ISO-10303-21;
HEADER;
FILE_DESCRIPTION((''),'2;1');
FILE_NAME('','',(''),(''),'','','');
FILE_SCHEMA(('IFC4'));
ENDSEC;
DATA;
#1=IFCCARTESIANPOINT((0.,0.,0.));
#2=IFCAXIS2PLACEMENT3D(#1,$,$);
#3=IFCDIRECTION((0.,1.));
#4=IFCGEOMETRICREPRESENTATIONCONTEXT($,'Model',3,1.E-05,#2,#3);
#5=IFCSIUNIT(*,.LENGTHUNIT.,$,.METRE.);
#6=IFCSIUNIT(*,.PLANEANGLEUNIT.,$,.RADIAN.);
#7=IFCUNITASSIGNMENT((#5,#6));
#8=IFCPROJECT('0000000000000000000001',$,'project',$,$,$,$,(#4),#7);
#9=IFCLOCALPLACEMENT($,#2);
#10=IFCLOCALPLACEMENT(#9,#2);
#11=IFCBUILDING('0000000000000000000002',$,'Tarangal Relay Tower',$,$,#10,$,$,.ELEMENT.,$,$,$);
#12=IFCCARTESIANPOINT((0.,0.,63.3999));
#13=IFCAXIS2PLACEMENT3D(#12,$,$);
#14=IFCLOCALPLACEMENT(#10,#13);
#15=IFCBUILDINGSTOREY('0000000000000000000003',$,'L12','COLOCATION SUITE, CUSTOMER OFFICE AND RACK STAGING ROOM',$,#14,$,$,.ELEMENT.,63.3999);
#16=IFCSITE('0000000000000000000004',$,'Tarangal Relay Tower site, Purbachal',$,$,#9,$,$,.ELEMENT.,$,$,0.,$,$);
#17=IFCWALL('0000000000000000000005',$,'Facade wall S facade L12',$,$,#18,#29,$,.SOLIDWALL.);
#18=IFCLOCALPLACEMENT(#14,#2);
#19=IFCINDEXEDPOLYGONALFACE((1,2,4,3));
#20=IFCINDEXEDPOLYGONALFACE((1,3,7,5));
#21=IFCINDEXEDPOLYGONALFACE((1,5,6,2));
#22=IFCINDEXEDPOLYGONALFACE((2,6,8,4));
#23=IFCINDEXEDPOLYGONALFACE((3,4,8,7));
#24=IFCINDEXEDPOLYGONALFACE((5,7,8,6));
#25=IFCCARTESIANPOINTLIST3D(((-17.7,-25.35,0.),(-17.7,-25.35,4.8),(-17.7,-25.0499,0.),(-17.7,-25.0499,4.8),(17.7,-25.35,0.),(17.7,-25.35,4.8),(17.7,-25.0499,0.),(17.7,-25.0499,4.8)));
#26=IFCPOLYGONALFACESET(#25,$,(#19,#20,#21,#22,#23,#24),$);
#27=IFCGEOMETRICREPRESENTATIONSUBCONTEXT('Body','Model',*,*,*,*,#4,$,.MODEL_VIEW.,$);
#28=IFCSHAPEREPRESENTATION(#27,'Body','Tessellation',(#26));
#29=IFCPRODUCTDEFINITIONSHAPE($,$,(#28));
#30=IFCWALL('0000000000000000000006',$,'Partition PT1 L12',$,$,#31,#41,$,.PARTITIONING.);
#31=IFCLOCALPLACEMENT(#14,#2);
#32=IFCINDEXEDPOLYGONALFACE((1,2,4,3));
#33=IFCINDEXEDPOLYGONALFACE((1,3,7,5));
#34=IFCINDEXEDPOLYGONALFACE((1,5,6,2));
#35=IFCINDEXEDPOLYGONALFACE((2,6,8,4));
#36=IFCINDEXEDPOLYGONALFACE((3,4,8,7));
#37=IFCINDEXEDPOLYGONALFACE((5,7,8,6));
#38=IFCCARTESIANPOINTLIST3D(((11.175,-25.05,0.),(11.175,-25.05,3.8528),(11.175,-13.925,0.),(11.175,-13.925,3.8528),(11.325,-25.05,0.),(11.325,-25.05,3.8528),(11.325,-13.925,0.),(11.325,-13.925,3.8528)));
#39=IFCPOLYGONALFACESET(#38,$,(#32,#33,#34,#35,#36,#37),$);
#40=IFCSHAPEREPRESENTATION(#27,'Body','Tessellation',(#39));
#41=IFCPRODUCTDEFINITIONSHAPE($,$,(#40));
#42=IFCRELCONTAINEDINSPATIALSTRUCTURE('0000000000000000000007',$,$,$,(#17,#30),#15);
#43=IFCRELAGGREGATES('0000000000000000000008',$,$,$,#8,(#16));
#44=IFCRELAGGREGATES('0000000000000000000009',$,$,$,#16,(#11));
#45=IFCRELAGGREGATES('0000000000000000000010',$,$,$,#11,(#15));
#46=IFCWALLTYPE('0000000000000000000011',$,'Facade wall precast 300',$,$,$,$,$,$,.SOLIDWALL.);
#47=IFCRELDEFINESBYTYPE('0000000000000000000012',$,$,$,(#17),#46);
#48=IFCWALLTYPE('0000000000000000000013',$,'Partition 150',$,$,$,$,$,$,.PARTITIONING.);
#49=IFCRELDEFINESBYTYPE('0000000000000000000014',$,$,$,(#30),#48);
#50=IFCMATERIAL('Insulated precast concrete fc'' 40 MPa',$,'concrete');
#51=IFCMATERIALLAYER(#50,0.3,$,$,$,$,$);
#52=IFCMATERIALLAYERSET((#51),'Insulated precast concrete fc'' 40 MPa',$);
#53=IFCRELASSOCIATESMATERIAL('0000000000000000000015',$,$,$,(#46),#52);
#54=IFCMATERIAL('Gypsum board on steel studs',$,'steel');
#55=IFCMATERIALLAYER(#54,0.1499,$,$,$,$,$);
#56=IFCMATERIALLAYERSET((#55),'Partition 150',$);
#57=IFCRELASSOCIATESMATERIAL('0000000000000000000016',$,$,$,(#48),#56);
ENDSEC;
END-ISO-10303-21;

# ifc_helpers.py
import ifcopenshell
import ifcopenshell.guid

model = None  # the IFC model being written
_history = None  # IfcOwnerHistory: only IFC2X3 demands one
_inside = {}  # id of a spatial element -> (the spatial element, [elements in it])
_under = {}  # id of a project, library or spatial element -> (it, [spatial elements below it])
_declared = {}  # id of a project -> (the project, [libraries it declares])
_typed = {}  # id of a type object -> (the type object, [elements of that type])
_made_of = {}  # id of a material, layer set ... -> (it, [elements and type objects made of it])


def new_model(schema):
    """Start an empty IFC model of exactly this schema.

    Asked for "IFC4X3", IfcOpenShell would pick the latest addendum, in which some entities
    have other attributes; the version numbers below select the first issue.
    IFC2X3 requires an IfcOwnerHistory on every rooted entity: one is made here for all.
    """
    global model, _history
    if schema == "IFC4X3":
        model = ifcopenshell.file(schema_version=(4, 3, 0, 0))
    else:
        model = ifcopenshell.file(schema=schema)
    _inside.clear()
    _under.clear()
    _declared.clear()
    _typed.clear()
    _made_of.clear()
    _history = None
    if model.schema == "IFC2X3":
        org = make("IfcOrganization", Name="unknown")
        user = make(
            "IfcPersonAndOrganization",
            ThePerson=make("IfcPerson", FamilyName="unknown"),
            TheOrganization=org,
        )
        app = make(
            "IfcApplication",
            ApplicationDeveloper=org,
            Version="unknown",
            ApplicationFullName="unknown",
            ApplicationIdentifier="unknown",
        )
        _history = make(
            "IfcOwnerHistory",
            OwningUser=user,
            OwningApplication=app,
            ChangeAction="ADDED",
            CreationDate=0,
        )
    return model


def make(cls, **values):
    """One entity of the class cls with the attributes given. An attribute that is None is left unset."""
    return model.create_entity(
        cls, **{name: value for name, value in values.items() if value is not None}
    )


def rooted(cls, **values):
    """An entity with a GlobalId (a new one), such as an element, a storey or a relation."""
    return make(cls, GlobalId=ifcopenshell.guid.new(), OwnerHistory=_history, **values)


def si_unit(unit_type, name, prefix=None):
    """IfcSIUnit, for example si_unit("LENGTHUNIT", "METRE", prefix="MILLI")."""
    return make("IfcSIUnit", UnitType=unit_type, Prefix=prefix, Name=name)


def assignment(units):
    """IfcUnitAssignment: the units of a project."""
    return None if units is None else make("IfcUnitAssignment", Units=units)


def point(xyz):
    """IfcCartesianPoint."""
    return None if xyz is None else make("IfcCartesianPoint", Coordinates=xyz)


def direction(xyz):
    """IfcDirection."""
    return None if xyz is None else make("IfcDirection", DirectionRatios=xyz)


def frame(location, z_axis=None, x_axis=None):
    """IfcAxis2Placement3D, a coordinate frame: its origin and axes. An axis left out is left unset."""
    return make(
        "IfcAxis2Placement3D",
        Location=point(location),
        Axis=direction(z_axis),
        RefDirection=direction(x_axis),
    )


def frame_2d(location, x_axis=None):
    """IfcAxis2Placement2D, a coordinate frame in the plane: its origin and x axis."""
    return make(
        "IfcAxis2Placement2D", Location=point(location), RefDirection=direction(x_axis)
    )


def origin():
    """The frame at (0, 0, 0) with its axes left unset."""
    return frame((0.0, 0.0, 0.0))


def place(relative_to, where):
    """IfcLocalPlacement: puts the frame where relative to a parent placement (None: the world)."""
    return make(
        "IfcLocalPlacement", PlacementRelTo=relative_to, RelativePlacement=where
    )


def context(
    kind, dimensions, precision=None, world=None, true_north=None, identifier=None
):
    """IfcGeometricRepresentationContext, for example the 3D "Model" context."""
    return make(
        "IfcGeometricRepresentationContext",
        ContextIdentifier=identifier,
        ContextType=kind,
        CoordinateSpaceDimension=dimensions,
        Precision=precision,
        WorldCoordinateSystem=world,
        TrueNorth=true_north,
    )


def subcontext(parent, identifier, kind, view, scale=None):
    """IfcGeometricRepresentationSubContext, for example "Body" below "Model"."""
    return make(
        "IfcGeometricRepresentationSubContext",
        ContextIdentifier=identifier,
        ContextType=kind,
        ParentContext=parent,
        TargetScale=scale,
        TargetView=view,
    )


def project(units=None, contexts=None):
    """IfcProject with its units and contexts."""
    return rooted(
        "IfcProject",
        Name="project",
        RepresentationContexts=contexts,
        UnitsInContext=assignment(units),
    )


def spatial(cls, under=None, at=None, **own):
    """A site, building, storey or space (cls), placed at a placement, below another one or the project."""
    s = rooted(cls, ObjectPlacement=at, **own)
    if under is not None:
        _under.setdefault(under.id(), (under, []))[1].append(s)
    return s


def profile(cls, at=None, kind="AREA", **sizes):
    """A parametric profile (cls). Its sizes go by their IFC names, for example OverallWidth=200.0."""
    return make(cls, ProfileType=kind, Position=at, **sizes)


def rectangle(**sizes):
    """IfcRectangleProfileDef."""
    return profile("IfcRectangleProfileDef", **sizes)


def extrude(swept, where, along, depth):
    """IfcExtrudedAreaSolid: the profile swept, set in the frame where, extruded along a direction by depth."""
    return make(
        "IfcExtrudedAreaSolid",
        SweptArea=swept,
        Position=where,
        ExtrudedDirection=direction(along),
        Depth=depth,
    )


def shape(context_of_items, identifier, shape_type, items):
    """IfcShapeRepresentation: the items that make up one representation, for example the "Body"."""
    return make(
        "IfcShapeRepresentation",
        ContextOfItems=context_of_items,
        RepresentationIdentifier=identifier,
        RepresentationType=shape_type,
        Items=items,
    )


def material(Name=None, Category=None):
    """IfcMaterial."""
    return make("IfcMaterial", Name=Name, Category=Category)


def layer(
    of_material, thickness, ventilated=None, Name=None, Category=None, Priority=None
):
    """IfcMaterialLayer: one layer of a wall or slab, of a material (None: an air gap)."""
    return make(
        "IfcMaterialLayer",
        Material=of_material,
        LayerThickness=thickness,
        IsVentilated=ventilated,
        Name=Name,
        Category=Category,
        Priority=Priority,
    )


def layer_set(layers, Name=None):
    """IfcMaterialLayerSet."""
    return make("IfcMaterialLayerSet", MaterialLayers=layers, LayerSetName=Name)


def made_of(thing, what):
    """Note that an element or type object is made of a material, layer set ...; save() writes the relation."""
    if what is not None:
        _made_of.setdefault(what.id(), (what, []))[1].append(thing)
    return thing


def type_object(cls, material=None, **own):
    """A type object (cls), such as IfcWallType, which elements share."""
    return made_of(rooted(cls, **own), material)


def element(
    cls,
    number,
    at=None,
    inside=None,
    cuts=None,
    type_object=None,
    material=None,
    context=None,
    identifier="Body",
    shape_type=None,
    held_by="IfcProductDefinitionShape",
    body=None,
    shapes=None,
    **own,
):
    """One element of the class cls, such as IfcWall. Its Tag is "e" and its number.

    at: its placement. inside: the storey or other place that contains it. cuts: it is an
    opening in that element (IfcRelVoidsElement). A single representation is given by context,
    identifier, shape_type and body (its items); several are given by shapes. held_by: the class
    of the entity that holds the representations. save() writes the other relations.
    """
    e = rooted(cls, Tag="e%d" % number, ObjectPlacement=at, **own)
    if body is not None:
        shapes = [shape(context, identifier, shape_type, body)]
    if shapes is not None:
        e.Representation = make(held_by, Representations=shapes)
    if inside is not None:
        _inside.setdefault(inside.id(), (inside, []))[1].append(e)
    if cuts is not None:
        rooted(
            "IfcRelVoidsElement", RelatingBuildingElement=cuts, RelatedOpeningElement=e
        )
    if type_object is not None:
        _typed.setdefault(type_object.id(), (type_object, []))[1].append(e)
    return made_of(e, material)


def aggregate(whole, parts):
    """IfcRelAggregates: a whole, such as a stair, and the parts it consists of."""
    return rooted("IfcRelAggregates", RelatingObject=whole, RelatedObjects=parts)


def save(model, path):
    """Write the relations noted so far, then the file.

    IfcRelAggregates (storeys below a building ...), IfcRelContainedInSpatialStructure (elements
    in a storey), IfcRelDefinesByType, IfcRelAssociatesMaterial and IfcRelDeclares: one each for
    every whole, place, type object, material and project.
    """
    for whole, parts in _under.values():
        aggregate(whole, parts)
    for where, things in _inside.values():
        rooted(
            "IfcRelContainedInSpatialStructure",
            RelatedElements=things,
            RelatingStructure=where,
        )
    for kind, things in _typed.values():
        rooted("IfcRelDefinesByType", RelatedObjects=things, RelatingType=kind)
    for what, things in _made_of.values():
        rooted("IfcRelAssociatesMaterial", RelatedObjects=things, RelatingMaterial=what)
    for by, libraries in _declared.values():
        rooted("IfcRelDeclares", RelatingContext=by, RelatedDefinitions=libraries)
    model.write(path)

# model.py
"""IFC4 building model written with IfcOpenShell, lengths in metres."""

from ifc_helpers import new_model, si_unit, direction, frame, frame_2d, origin, place, context, subcontext, project, spatial, rectangle, extrude, material, layer, layer_set, type_object, element, save


model = new_model("IFC4")

# Units and contexts
model_context = context("Model", 3, precision=1e-05, world=origin(), true_north=direction((0.0, 1.0)))
body_context = subcontext(model_context, "Body", "Model", "MODEL_VIEW")
ifc_project = project(units=[si_unit("LENGTHUNIT", "METRE"), si_unit("PLANEANGLEUNIT", "RADIAN")], contexts=[model_context])

# Site, building, storey
site_placement = place(None, origin())
site = spatial("IfcSite", under=ifc_project, at=site_placement, Name="Tarangal Relay Tower site, Purbachal", CompositionType="ELEMENT", RefElevation=0.0)
building_placement = place(site_placement, origin())
building = spatial("IfcBuilding", under=site, at=building_placement, Name="Tarangal Relay Tower", CompositionType="ELEMENT")
storey_placement = place(building_placement, frame((0.0, 0.0, 63.3999)))
storey = spatial("IfcBuildingStorey", under=building, at=storey_placement, Name="L12", Description="COLOCATION SUITE, CUSTOMER OFFICE AND RACK STAGING ROOM", CompositionType="ELEMENT", Elevation=63.3999)

# Shared definitions
ifc_material_1 = material(Name="Insulated precast concrete fc' 40 MPa", Category="concrete")
ifc_layer_1 = layer(ifc_material_1, 0.3)
ifc_layer_set_1 = layer_set([ifc_layer_1], Name="Insulated precast concrete fc' 40 MPa")
wall_type_1 = type_object("IfcWallType", Name="Facade wall precast 300", PredefinedType="SOLIDWALL", material=ifc_layer_set_1)

# Walls
wall_1_placement = place(storey_placement, frame((17.7, -25.2, 0.0), z_axis=(0.0, 0.0, 1.0), x_axis=(-1.0, 0.0, 0.0)))
element("IfcWall", 1, at=wall_1_placement, inside=storey, type_object=wall_type_1, Name="Facade wall S facade L12", PredefinedType="SOLIDWALL", context=body_context, shape_type="SweptSolid", body=[
    extrude(rectangle(XDim=35.3999, YDim=0.3, at=frame_2d((17.7, 0.0))), origin(), (0.0, 0.0, 1.0), 4.8),
])
ifc_material_2 = material(Name="Gypsum board on steel studs", Category="steel")
ifc_layer_2 = layer(ifc_material_2, 0.1499)
ifc_layer_set_2 = layer_set([ifc_layer_2], Name="Partition 150")
wall_type_2 = type_object("IfcWallType", Name="Partition 150", PredefinedType="PARTITIONING", material=ifc_layer_set_2)
wall_2_placement = place(storey_placement, frame((11.25, -25.05, 0.0), z_axis=(0.0, 0.0, 1.0), x_axis=(0.0, 1.0, 0.0)))
element("IfcWall", 2, at=wall_2_placement, inside=storey, type_object=wall_type_2, Name="Partition PT1 L12", PredefinedType="PARTITIONING", context=body_context, shape_type="SweptSolid", body=[
    extrude(rectangle(XDim=11.125, YDim=0.1499, at=frame_2d((5.5625, 0.0))), origin(), (0.0, 0.0, 1.0), 3.8528),
])

save(model, "model.ifc")
